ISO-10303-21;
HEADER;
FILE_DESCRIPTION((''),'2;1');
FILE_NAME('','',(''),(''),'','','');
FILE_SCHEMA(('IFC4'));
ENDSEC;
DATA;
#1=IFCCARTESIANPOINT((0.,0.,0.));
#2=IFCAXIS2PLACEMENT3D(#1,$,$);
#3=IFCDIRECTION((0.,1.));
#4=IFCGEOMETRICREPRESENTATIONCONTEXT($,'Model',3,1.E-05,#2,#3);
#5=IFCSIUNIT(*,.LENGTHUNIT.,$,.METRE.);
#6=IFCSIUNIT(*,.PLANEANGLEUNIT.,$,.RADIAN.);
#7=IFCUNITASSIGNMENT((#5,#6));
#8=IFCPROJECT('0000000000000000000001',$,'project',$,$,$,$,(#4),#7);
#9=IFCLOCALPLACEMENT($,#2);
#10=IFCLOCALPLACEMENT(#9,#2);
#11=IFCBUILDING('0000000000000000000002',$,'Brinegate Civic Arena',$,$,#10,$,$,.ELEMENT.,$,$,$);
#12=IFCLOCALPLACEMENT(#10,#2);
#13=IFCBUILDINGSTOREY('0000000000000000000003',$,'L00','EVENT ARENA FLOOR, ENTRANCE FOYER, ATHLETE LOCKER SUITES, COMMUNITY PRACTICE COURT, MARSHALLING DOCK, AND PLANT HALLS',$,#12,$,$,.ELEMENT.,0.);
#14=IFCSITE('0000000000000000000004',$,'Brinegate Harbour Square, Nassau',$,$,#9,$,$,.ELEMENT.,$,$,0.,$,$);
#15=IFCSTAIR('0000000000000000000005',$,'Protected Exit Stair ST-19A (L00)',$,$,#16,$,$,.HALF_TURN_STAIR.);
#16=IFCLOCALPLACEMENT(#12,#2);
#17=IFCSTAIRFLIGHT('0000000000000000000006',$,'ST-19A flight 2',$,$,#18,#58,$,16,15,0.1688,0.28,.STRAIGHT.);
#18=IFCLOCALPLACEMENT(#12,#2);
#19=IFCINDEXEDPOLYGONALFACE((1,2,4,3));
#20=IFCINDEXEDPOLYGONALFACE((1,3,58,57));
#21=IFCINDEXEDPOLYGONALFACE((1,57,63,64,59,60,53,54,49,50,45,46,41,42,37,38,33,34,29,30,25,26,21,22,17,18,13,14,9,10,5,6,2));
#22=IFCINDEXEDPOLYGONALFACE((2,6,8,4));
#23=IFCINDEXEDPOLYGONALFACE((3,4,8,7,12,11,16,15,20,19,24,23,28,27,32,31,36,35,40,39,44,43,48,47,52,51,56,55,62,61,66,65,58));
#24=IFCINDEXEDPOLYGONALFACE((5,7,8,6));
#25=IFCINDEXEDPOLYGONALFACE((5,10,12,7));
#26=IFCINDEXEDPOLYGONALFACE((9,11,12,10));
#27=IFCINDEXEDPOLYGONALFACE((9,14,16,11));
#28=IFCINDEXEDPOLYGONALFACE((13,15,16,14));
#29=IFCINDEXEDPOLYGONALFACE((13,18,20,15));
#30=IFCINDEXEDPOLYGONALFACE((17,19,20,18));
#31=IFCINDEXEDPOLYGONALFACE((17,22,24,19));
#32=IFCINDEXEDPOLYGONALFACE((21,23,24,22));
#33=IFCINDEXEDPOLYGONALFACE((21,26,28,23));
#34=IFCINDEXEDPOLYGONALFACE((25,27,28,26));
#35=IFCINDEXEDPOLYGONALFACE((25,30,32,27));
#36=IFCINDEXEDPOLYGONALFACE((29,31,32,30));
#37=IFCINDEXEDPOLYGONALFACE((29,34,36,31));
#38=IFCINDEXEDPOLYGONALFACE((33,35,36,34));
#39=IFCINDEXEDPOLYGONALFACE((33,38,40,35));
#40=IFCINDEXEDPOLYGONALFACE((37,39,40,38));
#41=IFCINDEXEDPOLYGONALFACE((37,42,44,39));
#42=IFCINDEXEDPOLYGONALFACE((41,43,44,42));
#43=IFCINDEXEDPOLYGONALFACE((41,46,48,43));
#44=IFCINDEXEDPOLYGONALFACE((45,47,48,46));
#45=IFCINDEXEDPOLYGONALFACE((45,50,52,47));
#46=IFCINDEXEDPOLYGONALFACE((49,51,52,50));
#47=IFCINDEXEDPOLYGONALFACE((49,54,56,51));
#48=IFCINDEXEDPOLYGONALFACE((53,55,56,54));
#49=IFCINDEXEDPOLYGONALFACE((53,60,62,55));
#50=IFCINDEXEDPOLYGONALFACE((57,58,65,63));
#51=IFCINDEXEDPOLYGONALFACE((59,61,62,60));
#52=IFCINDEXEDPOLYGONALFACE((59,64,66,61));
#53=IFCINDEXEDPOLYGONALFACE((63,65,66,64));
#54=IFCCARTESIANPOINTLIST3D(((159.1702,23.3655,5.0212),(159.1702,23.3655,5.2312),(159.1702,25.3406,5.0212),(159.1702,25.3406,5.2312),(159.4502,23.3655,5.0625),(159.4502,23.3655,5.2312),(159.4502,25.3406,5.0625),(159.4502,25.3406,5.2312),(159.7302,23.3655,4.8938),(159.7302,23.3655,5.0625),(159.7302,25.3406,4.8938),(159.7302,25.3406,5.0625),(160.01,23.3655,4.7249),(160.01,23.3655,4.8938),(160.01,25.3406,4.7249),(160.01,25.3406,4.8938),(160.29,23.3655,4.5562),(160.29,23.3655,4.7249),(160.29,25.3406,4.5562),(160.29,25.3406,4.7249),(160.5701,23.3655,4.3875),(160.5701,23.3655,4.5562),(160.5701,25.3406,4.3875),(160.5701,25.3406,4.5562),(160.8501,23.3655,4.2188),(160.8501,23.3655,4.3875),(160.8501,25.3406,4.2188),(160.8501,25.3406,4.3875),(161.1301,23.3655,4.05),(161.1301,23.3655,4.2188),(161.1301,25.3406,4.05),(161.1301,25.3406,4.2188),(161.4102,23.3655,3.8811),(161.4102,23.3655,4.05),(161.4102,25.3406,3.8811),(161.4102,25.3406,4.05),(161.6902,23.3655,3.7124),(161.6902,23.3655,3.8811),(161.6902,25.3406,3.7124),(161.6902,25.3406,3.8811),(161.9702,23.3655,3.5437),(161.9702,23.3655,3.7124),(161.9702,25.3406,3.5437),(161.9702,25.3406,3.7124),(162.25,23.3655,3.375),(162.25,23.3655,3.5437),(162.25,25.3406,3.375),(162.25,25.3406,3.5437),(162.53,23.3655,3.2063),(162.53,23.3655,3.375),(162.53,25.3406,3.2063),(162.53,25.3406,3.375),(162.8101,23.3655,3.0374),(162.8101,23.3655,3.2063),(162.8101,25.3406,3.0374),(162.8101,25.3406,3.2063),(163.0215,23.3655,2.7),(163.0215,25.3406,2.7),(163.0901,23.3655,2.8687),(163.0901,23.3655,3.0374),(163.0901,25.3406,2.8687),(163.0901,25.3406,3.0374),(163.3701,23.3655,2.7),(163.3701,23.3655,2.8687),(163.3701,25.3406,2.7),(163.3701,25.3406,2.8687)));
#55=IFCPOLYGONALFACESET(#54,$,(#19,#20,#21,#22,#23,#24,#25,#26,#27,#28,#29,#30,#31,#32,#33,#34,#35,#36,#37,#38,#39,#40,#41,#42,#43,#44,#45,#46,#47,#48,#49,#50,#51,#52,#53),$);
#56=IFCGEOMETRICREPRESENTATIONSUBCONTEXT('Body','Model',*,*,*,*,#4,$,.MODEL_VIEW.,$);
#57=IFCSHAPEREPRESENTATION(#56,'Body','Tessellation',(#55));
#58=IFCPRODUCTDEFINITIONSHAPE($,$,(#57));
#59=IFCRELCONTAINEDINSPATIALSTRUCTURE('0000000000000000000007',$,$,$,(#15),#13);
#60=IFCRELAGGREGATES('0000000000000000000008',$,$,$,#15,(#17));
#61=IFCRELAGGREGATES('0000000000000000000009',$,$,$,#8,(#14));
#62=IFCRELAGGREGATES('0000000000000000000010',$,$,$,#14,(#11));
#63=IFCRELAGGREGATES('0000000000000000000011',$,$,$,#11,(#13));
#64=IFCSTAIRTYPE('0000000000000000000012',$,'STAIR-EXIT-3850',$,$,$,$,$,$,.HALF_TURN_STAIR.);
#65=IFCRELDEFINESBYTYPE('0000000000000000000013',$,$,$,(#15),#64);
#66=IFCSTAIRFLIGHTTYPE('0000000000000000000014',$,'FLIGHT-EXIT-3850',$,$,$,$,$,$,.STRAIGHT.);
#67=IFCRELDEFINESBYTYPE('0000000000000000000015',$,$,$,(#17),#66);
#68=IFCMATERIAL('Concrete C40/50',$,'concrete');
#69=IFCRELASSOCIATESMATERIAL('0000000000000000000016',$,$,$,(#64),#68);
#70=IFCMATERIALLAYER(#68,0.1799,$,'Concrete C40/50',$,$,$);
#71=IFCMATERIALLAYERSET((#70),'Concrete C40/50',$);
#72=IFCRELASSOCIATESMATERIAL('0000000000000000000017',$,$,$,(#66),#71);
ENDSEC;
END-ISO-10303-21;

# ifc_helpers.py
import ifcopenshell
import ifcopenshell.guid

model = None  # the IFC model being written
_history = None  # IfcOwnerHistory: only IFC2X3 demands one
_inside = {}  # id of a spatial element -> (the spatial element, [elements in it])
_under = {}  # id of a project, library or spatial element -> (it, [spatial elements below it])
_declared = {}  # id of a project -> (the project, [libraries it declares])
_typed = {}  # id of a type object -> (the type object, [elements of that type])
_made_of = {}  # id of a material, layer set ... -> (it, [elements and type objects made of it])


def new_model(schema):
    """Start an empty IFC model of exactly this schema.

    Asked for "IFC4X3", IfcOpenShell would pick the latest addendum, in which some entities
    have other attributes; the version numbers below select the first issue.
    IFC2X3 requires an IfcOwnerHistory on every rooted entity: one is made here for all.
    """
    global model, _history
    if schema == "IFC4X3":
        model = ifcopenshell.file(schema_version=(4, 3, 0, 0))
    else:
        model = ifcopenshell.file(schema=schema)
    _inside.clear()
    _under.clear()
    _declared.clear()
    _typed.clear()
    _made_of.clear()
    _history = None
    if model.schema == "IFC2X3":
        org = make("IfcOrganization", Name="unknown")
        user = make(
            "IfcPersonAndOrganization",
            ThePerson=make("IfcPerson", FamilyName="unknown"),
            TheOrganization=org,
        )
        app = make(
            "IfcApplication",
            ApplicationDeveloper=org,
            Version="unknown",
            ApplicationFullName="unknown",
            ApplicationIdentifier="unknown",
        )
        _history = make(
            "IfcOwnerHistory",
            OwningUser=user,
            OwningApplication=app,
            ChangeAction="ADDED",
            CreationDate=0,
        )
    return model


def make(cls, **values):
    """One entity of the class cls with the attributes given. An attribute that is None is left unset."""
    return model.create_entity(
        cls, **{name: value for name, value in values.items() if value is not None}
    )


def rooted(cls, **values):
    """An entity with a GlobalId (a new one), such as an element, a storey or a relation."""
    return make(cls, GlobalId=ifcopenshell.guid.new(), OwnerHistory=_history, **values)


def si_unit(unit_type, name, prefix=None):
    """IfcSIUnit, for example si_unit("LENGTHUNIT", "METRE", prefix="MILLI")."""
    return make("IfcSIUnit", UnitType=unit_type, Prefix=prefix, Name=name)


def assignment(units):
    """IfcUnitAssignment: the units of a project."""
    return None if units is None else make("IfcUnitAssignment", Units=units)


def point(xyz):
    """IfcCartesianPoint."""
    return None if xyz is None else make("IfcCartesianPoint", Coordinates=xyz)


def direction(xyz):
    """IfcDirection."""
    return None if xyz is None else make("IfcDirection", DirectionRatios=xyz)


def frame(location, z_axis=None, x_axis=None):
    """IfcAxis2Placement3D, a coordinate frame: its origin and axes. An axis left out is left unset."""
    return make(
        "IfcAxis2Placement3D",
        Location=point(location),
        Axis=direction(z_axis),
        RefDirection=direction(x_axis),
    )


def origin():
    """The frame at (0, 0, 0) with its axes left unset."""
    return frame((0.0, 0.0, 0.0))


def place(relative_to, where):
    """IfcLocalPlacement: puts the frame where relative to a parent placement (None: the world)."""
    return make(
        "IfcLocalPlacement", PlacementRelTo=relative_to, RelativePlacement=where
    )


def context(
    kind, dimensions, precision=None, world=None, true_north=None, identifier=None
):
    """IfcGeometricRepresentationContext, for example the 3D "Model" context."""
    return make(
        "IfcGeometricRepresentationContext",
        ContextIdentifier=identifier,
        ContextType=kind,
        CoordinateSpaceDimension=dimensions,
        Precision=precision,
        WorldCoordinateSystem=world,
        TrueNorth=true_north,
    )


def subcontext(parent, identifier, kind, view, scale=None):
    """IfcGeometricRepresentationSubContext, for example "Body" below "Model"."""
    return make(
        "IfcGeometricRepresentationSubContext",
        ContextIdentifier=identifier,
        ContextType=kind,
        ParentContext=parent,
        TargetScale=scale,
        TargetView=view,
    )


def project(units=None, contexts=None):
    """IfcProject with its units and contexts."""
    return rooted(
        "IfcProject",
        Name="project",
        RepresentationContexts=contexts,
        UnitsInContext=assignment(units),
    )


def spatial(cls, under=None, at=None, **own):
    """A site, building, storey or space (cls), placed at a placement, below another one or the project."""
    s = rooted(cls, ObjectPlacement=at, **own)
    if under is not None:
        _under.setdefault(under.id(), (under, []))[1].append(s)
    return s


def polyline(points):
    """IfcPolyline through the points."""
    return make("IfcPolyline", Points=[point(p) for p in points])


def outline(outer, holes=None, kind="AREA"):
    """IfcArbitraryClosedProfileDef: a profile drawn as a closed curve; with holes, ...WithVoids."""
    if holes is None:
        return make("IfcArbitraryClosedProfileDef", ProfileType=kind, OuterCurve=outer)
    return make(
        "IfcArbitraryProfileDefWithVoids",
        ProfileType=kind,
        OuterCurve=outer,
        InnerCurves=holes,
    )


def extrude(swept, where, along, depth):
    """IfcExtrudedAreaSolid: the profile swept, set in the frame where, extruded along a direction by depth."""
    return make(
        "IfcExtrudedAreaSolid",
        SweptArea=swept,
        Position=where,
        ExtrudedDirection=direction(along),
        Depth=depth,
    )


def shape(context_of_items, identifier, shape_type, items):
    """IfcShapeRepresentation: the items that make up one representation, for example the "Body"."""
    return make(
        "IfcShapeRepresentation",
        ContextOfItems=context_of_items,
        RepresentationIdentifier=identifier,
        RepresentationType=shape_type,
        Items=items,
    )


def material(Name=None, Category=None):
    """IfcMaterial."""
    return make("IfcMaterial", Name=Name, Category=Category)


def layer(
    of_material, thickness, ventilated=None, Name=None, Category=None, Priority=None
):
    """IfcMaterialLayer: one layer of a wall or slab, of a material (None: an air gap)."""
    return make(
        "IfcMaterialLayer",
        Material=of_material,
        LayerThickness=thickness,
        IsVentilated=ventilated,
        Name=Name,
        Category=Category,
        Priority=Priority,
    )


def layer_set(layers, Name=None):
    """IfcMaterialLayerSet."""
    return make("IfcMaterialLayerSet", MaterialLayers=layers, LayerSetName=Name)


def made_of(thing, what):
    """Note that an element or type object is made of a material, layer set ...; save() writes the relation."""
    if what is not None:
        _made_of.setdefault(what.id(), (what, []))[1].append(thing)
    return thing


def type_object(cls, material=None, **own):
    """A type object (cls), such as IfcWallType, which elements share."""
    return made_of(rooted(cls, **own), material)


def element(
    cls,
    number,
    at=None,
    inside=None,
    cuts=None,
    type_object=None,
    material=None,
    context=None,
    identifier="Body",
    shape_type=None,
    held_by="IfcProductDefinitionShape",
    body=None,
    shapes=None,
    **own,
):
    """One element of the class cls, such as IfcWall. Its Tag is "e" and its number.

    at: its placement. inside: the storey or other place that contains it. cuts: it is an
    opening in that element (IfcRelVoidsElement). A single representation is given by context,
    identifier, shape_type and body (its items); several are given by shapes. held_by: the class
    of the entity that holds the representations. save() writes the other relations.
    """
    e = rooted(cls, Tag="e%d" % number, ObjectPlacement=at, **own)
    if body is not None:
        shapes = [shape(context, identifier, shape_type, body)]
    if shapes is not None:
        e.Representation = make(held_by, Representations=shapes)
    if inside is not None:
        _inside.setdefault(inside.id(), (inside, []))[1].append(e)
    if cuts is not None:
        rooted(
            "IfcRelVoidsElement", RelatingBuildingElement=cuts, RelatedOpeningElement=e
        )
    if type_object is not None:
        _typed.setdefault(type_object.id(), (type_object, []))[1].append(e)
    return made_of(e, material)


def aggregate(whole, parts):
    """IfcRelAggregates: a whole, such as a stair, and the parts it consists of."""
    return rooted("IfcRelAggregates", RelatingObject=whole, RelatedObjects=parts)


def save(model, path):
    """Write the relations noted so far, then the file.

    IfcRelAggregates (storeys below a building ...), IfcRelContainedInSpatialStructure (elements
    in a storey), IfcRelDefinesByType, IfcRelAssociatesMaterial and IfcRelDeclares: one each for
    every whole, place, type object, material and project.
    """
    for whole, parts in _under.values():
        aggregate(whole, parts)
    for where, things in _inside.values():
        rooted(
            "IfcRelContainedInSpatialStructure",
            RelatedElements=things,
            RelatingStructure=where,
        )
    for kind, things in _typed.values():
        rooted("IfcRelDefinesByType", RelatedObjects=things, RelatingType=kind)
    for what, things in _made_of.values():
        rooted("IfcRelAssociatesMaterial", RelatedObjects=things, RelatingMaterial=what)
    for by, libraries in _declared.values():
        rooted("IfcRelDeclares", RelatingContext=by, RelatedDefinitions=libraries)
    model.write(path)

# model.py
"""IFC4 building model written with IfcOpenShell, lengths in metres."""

from ifc_helpers import new_model, si_unit, direction, frame, origin, place, context, subcontext, project, spatial, polyline, outline, extrude, material, layer, layer_set, type_object, element, aggregate, save


model = new_model("IFC4")

# Units and contexts
model_context = context("Model", 3, precision=1e-05, world=origin(), true_north=direction((0.0, 1.0)))
body_context = subcontext(model_context, "Body", "Model", "MODEL_VIEW")
ifc_project = project(units=[si_unit("LENGTHUNIT", "METRE"), si_unit("PLANEANGLEUNIT", "RADIAN")], contexts=[model_context])

# Site, building, storey
site_placement = place(None, origin())
site = spatial("IfcSite", under=ifc_project, at=site_placement, Name="Brinegate Harbour Square, Nassau", CompositionType="ELEMENT", RefElevation=0.0)
building_placement = place(site_placement, origin())
building = spatial("IfcBuilding", under=site, at=building_placement, Name="Brinegate Civic Arena", CompositionType="ELEMENT")
storey_placement = place(building_placement, origin())
storey = spatial("IfcBuildingStorey", under=building, at=storey_placement, Name="L00", Description="EVENT ARENA FLOOR, ENTRANCE FOYER, ATHLETE LOCKER SUITES, COMMUNITY PRACTICE COURT, MARSHALLING DOCK, AND PLANT HALLS", CompositionType="ELEMENT", Elevation=0.0)

# Shared definitions
ifc_material_1 = material(Name="Concrete C40/50", Category="concrete")

# Stair, stair flight
stair_type_1 = type_object("IfcStairType", Name="STAIR-EXIT-3850", PredefinedType="HALF_TURN_STAIR", material=ifc_material_1)
stair_1_placement = place(storey_placement, origin())
stair_1 = element("IfcStair", 1, at=stair_1_placement, inside=storey, type_object=stair_type_1, Name="Protected Exit Stair ST-19A (L00)", PredefinedType="HALF_TURN_STAIR")
ifc_layer_1 = layer(ifc_material_1, 0.1799, Name="Concrete C40/50")
ifc_layer_set_1 = layer_set([ifc_layer_1], Name="Concrete C40/50")
stair_flight_type_1 = type_object("IfcStairFlightType", Name="FLIGHT-EXIT-3850", PredefinedType="STRAIGHT", material=ifc_layer_set_1)
stair_flight_1_placement = place(storey_placement, frame((163.3701, 24.353, 2.7), z_axis=(0.0, 0.0, 1.0), x_axis=(-1.0, 0.0, 0.0)))
stair_flight_1 = element("IfcStairFlight", 2, at=stair_flight_1_placement, type_object=stair_flight_type_1, Name="ST-19A flight 2", NumberOfRisers=16, NumberOfTreads=15, PredefinedType="STRAIGHT", RiserHeight=0.1688, TreadLength=0.28, context=body_context, shape_type="SweptSolid", body=[
    extrude(outline(polyline([(0.0, 0.0), (0.0, 0.1687), (0.28, 0.1687), (0.28, 0.3374), (0.5601, 0.3374), (0.5601, 0.5063), (0.8401, 0.5063), (0.8401, 0.675), (1.1201, 0.675), (1.1201, 0.8438), (1.3999, 0.8438), (1.3999, 1.0125), (1.6799, 1.0125), (1.6799, 1.1812), (1.96, 1.1812), (1.96, 1.3501), (2.24, 1.3501), (2.24, 1.5188), (2.52, 1.5188), (2.52, 1.6875), (2.8, 1.6875), (2.8, 1.8562), (3.0801, 1.8562), (3.0801, 2.0249), (3.3601, 2.0249), (3.3601, 2.1938), (3.6399, 2.1938), (3.6399, 2.3625), (3.9199, 2.3625), (3.9199, 2.5312), (4.2, 2.5312), (4.2, 2.7), (4.2, 2.3213), (0.3486, 0.0), (0.0, 0.0)])), frame((0.0, 0.9875, 0.0), z_axis=(0.0, -1.0, 0.0), x_axis=(1.0, 0.0, 0.0)), (0.0, 0.0, 1.0), 1.9751),
])
aggregate(stair_1, [stair_flight_1])

save(model, "model.ifc")
